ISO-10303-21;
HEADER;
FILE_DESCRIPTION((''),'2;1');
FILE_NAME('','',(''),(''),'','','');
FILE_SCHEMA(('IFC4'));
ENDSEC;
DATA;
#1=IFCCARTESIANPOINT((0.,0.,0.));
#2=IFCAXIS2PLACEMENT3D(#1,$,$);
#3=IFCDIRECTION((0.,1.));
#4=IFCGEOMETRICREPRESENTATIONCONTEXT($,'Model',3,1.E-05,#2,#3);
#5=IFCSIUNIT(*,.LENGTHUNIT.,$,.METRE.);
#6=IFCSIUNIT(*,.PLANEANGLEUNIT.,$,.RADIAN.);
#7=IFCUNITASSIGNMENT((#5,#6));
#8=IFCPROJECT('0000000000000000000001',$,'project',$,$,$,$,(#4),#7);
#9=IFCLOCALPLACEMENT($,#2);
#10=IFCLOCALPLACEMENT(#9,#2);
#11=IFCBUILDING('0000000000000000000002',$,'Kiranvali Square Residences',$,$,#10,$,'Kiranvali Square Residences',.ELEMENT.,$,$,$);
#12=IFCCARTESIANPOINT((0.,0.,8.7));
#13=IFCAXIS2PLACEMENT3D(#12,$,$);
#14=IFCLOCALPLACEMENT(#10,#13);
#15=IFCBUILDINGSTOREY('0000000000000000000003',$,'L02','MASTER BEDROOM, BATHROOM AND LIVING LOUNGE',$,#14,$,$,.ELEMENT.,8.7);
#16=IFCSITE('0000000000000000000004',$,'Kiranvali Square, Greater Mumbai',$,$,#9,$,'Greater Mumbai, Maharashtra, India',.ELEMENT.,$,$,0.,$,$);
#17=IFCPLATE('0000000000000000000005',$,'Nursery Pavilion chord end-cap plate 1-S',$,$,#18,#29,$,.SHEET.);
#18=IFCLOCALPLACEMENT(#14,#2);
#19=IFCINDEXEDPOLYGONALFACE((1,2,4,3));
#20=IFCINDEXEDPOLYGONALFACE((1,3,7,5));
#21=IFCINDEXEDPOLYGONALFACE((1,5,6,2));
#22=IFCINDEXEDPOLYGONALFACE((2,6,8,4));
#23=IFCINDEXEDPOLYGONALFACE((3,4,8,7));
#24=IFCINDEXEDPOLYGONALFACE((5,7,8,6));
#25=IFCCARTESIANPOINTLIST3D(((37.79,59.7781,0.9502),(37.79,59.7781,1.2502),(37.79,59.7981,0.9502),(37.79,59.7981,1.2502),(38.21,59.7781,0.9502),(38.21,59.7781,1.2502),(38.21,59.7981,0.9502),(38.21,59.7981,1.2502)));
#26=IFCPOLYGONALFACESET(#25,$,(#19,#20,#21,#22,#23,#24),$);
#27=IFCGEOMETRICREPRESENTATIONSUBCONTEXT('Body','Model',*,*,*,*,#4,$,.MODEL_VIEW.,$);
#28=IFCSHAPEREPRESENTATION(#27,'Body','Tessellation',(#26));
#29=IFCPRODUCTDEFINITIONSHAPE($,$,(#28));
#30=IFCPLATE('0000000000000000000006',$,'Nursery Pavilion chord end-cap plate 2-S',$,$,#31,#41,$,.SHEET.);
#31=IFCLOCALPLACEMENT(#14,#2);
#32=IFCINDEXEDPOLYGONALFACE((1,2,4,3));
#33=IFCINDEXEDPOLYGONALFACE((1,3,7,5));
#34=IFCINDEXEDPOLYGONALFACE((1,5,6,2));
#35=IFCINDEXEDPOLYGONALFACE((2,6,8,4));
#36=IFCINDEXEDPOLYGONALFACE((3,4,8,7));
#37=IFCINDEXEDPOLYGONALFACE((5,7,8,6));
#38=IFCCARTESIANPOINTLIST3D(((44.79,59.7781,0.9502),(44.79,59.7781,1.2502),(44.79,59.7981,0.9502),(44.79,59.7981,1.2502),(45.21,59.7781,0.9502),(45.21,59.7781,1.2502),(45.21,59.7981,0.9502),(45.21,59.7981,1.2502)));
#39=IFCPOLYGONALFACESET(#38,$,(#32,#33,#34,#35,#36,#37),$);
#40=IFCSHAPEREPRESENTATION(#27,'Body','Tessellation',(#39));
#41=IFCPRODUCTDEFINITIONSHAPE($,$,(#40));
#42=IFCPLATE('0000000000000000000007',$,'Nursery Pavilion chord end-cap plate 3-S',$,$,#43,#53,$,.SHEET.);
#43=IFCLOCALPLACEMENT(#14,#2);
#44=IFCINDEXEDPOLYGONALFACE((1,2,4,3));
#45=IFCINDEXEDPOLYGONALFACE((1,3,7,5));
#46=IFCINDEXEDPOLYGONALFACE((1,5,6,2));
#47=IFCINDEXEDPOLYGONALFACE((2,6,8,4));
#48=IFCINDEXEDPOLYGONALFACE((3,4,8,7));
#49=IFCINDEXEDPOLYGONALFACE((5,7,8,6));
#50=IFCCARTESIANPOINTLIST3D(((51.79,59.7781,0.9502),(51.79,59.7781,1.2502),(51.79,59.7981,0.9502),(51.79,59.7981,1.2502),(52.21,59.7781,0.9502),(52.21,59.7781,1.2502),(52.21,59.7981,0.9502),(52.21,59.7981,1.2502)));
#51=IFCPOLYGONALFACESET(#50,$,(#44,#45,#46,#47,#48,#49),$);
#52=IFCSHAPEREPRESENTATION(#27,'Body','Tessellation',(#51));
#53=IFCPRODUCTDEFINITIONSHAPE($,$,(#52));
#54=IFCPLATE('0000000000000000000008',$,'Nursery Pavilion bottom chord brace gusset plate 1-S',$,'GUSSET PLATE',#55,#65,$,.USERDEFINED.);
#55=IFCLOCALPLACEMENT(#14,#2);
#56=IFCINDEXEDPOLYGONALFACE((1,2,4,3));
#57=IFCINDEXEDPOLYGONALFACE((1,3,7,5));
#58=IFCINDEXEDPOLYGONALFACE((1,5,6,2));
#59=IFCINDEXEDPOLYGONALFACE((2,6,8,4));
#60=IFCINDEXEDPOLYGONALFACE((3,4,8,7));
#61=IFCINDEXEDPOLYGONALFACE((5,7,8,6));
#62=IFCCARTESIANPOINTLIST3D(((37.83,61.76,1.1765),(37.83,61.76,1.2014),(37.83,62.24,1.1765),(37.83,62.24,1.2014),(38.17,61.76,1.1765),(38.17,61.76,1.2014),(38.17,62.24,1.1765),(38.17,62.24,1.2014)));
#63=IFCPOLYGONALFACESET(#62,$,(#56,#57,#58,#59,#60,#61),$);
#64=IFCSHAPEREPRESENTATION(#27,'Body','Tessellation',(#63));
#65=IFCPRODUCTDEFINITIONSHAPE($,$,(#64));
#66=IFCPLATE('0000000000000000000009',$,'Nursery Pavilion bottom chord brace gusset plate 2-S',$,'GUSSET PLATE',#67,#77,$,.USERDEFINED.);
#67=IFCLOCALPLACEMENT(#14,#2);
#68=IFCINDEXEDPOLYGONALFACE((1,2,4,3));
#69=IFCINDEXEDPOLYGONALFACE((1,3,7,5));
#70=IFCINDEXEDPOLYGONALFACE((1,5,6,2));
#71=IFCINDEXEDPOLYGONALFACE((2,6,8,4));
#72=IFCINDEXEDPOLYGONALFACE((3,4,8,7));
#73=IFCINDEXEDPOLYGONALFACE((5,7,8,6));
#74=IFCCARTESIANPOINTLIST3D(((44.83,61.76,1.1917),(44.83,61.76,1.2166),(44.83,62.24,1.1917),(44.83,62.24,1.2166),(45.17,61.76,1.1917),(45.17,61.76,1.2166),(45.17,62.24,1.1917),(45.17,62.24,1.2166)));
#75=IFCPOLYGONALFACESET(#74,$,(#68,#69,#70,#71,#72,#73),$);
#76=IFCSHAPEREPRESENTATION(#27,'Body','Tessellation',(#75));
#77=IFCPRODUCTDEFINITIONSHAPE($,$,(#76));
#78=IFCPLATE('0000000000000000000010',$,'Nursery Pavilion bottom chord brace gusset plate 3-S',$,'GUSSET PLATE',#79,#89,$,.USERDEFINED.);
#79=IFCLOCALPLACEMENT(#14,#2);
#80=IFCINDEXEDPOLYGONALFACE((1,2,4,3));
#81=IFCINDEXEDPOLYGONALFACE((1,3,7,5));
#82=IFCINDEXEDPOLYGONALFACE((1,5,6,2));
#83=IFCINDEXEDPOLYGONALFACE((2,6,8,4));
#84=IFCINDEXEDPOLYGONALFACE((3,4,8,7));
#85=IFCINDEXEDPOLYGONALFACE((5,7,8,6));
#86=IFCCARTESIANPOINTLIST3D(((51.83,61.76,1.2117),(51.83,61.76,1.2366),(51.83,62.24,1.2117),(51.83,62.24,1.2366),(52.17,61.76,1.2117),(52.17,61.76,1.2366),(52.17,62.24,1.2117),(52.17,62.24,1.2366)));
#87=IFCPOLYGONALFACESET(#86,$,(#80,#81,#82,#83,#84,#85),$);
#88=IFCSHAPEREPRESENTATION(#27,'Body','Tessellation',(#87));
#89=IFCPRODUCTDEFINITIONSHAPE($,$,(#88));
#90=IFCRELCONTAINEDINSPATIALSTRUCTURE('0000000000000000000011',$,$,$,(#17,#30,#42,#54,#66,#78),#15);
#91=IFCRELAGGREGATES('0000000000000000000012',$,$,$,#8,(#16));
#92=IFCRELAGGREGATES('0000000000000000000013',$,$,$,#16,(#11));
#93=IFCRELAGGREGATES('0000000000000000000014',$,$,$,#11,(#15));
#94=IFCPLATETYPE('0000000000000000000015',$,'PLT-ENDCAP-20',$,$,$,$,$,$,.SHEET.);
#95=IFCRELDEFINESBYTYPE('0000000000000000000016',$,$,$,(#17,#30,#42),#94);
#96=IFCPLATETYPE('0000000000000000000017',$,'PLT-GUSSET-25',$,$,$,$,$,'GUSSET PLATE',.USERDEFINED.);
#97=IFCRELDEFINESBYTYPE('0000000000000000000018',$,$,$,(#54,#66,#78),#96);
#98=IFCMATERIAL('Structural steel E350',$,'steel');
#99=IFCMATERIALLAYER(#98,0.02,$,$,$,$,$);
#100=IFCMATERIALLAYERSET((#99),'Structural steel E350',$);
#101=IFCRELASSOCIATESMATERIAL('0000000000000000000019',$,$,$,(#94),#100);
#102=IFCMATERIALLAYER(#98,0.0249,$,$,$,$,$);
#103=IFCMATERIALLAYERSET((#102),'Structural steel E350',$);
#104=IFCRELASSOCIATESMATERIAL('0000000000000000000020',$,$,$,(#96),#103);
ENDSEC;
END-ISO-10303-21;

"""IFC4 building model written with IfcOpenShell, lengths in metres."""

from ifc_helpers import new_model, si_unit, direction, frame, origin, origin_2d, place, context, subcontext, project, spatial, rectangle, extrude, material, layer, layer_set, type_object, element, save


model = new_model("IFC4")

# Units and contexts
model_context = context("Model", 3, precision=1e-05, world=origin(), true_north=direction((0.0, 1.0)))
body_context = subcontext(model_context, "Body", "Model", "MODEL_VIEW")
ifc_project = project(units=[si_unit("LENGTHUNIT", "METRE"), si_unit("PLANEANGLEUNIT", "RADIAN")], contexts=[model_context])

# Site, building, storey
site_placement = place(None, origin())
site = spatial("IfcSite", under=ifc_project, at=site_placement, Name="Kiranvali Square, Greater Mumbai", LongName="Greater Mumbai, Maharashtra, India", CompositionType="ELEMENT", RefElevation=0.0)
building_placement = place(site_placement, origin())
building = spatial("IfcBuilding", under=site, at=building_placement, Name="Kiranvali Square Residences", LongName="Kiranvali Square Residences", CompositionType="ELEMENT")
storey_placement = place(building_placement, frame((0.0, 0.0, 8.7)))
storey = spatial("IfcBuildingStorey", under=building, at=storey_placement, Name="L02", Description="MASTER BEDROOM, BATHROOM AND LIVING LOUNGE", CompositionType="ELEMENT", Elevation=8.7)

# Shared definitions
ifc_material = material(Name="Structural steel E350", Category="steel")

# Plates
ifc_layer_1 = layer(ifc_material, 0.02)
ifc_layer_set_1 = layer_set([ifc_layer_1], Name="Structural steel E350")
plate_type_1 = type_object("IfcPlateType", Name="PLT-ENDCAP-20", PredefinedType="SHEET", material=ifc_layer_set_1)
for number, where, z_axis, x_axis, name in (
    (1, (38.0, 59.7881, 0.9502), (0.0, 0.0, 1.0), (1.0, 0.0, 0.0), "Nursery Pavilion chord end-cap plate 1-S"),
    (2, (45.0, 59.7881, 0.9502), (0.0, 0.0, 1.0), (1.0, 0.0, 0.0), "Nursery Pavilion chord end-cap plate 2-S"),
    (3, (52.0, 59.7881, 0.9502), (0.0, 0.0, 1.0), (1.0, 0.0, 0.0), "Nursery Pavilion chord end-cap plate 3-S"),
):
    element("IfcPlate", number, at=place(storey_placement, frame(where, z_axis=z_axis, x_axis=x_axis)), inside=storey, type_object=plate_type_1, Name=name, PredefinedType="SHEET", context=body_context, shape_type="SweptSolid", body=[
        extrude(rectangle(XDim=0.4199, YDim=0.02, at=origin_2d()), origin(), (0.0, 0.0, 1.0), 0.3),
    ])
ifc_layer_2 = layer(ifc_material, 0.0249)
ifc_layer_set_2 = layer_set([ifc_layer_2], Name="Structural steel E350")
plate_type_2 = type_object("IfcPlateType", Name="PLT-GUSSET-25", ElementType="GUSSET PLATE", PredefinedType="USERDEFINED", material=ifc_layer_set_2)
for number, where, z_axis, x_axis, name in (
    (4, (38.0, 62.0, 1.1765), (0.0, 0.0, 1.0), (1.0, 0.0, 0.0), "Nursery Pavilion bottom chord brace gusset plate 1-S"),
    (5, (45.0, 62.0, 1.1917), (0.0, 0.0, 1.0), (1.0, 0.0, 0.0), "Nursery Pavilion bottom chord brace gusset plate 2-S"),
    (6, (52.0, 62.0, 1.2117), (0.0, 0.0, 1.0), (1.0, 0.0, 0.0), "Nursery Pavilion bottom chord brace gusset plate 3-S"),
):
    element("IfcPlate", number, at=place(storey_placement, frame(where, z_axis=z_axis, x_axis=x_axis)), inside=storey, type_object=plate_type_2, Name=name, ObjectType="GUSSET PLATE", PredefinedType="USERDEFINED", context=body_context, shape_type="SweptSolid", body=[
        extrude(rectangle(XDim=0.3401, YDim=0.48, at=origin_2d()), origin(), (0.0, 0.0, 1.0), 0.0249),
    ])

save(model, "model.ifc")
